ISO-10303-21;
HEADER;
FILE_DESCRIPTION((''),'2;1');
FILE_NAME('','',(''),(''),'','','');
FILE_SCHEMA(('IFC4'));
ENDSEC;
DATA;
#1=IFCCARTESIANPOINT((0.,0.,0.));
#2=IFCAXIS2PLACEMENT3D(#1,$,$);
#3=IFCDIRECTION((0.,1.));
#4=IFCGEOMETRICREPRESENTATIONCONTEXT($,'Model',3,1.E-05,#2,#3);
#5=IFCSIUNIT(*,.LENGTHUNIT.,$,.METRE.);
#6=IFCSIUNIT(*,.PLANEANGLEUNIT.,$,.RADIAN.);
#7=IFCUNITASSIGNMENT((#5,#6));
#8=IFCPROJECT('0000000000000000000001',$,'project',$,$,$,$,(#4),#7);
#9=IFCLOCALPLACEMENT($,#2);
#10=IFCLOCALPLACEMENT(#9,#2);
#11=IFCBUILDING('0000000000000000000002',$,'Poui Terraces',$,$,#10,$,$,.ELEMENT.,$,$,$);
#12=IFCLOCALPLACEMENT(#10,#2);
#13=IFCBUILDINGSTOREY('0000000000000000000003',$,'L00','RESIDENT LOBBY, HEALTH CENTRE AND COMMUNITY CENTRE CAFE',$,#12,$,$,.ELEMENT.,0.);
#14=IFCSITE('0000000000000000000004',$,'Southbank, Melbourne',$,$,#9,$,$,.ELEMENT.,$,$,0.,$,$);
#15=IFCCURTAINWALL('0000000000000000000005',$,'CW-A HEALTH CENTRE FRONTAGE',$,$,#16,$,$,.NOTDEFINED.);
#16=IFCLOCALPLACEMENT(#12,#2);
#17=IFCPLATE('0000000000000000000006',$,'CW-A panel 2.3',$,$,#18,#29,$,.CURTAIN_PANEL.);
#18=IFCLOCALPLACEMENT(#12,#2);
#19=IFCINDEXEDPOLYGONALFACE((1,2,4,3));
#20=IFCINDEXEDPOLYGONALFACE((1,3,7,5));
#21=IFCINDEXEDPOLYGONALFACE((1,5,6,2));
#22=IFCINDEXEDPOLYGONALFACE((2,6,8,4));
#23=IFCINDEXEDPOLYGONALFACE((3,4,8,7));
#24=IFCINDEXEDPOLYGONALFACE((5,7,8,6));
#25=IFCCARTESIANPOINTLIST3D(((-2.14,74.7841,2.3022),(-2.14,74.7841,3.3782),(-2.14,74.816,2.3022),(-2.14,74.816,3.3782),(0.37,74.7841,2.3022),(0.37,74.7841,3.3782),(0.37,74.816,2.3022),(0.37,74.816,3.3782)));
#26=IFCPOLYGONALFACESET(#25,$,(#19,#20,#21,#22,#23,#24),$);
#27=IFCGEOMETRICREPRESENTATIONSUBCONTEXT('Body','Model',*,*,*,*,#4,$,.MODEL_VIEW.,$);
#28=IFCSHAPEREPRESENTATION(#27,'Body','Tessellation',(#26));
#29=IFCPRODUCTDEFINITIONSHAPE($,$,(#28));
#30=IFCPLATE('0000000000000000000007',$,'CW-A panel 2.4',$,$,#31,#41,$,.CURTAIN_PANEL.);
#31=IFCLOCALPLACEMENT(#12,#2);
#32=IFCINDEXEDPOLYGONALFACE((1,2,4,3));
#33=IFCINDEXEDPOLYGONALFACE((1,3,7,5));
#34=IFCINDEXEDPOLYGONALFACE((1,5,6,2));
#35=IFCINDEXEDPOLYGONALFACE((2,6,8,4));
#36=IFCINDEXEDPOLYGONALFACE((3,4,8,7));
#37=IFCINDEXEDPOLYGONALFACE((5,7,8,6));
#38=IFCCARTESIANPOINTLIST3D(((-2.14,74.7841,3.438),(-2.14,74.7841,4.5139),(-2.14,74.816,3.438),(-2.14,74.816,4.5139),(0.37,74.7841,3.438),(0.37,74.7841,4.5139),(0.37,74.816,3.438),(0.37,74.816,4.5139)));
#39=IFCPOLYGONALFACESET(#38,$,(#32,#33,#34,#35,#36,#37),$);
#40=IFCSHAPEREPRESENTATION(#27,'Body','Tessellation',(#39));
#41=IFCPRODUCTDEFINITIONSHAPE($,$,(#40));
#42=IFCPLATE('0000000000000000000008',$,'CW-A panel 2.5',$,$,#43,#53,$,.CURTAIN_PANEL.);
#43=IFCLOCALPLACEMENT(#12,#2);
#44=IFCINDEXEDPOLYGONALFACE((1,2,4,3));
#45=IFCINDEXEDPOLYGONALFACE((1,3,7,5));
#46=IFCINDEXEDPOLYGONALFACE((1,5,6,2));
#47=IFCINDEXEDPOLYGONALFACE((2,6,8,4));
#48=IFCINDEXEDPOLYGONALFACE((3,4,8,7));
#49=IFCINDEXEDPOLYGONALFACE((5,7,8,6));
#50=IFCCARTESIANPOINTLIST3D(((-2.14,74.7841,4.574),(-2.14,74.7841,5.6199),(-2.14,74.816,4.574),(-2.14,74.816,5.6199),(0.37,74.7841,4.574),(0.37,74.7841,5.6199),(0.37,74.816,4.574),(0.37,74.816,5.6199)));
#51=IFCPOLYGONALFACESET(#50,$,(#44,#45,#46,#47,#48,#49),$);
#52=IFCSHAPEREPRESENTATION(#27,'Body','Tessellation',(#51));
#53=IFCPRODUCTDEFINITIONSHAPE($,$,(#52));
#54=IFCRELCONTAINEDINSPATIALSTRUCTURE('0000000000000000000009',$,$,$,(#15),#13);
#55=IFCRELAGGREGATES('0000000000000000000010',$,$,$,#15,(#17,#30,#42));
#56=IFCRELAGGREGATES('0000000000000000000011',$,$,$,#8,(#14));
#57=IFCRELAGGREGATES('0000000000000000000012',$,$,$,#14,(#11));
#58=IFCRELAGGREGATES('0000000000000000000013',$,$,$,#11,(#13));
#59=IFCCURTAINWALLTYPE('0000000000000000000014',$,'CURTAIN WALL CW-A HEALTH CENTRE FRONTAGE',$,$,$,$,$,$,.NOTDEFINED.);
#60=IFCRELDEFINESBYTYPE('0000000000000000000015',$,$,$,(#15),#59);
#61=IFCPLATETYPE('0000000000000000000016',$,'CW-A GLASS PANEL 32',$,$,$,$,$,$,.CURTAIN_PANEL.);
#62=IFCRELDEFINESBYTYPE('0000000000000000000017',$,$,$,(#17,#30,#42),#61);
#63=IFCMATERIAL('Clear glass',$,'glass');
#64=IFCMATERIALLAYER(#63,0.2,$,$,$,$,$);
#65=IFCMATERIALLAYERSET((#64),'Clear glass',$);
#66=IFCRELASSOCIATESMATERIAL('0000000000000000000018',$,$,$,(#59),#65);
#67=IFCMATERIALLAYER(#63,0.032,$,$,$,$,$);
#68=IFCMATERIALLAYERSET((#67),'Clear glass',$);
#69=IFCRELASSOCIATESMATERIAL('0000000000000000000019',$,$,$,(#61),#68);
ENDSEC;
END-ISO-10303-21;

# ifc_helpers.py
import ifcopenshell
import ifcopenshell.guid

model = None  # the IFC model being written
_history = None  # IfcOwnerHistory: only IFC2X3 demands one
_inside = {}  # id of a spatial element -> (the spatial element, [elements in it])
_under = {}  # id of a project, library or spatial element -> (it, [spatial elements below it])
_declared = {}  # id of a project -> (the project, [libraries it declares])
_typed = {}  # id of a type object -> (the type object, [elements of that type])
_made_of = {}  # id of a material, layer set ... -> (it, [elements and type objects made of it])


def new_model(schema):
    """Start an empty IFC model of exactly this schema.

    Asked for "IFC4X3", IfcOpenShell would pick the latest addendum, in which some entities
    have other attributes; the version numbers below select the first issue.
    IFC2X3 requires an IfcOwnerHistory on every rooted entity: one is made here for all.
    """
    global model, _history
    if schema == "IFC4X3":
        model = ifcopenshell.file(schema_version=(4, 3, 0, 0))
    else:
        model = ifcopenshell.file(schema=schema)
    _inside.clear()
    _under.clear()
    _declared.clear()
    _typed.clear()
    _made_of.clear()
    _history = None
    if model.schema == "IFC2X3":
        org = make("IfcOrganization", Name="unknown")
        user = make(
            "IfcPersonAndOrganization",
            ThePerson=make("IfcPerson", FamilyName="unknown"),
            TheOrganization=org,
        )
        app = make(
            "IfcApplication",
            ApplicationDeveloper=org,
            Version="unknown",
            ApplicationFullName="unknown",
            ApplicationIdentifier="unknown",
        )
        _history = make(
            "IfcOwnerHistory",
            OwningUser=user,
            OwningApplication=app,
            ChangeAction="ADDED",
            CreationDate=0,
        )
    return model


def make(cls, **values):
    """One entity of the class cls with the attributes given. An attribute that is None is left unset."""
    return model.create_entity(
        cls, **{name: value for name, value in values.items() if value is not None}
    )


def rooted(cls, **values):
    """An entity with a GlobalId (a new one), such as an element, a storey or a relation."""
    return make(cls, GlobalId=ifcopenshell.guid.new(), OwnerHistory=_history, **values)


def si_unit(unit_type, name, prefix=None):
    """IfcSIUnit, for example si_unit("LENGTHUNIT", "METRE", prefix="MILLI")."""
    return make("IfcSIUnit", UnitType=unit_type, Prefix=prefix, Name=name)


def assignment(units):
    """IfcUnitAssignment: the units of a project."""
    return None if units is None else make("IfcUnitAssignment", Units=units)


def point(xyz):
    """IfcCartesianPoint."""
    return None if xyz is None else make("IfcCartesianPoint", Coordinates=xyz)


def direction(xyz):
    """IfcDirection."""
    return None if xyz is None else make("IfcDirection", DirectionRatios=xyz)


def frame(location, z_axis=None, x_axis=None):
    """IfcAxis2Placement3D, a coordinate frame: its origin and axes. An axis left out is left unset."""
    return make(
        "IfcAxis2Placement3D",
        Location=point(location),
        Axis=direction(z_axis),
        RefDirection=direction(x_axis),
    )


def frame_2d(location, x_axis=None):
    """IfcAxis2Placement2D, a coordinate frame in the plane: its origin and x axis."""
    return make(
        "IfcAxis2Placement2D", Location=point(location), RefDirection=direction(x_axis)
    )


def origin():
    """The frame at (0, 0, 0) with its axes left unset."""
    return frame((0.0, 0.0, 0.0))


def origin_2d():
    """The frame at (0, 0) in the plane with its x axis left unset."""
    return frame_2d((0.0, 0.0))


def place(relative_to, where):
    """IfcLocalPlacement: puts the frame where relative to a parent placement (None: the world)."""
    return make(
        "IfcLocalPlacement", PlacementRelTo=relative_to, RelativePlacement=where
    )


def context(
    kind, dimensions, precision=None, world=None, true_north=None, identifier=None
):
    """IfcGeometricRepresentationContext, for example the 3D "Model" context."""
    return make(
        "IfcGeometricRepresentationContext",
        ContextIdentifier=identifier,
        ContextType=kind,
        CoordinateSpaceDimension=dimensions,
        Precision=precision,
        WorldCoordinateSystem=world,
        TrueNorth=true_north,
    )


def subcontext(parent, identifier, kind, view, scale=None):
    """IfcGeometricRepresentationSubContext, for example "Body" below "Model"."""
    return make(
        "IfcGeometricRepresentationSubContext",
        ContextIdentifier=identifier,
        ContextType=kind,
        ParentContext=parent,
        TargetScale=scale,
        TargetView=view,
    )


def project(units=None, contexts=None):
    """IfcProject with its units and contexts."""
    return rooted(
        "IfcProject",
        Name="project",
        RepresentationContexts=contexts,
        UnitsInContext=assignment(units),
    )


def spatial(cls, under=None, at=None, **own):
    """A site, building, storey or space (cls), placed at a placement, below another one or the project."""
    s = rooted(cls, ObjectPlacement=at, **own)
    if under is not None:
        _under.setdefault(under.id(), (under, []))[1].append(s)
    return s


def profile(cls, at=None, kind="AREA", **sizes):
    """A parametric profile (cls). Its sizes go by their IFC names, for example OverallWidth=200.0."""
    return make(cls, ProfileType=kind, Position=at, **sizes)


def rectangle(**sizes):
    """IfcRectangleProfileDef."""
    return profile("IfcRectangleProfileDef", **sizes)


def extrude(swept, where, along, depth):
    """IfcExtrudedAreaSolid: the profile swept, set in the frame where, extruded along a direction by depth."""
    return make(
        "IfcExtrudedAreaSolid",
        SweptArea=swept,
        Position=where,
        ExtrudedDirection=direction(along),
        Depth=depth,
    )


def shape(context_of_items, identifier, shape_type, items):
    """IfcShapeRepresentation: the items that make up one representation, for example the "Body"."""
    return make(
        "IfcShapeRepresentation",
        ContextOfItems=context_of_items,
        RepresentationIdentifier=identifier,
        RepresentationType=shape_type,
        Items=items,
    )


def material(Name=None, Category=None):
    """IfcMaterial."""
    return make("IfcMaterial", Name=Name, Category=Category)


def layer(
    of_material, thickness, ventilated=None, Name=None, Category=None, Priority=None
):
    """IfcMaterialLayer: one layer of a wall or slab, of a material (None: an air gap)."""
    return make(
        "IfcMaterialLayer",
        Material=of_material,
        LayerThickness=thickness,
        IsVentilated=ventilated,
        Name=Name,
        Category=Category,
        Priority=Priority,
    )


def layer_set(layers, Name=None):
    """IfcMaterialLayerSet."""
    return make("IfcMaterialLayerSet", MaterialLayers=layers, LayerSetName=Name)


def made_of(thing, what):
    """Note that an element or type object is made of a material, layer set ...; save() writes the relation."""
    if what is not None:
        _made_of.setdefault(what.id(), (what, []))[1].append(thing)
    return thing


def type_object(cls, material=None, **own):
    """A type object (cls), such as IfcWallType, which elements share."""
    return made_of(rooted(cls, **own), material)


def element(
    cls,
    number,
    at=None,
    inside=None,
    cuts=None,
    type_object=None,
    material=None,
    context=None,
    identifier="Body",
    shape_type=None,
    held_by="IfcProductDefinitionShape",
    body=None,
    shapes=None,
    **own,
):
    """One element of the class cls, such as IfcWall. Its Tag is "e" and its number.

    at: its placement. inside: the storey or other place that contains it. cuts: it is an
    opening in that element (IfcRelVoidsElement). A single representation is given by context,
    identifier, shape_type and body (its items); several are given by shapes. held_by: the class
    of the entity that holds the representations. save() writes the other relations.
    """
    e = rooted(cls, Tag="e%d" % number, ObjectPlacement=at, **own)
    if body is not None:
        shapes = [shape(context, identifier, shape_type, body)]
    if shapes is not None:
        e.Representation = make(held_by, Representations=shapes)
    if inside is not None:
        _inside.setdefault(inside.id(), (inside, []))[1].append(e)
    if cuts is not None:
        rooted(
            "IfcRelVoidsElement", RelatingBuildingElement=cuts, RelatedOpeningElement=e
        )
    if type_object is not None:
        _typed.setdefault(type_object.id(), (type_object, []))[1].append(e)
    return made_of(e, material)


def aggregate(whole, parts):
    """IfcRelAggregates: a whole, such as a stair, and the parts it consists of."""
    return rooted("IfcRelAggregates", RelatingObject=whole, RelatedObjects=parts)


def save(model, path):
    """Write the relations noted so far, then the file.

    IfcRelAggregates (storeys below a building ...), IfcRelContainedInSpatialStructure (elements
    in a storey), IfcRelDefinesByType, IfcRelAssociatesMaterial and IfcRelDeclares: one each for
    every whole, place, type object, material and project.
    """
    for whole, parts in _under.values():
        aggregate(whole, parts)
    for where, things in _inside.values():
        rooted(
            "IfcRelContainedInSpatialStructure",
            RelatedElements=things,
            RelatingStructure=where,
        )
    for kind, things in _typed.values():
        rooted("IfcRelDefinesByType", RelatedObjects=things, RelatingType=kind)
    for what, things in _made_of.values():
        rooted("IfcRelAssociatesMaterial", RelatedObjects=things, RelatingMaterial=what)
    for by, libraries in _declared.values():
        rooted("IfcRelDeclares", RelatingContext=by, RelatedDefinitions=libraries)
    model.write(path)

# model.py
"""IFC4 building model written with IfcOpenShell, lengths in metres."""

from ifc_helpers import new_model, si_unit, direction, frame, origin, origin_2d, place, context, subcontext, project, spatial, rectangle, extrude, material, layer, layer_set, type_object, element, aggregate, save


model = new_model("IFC4")

# Units and contexts
model_context = context("Model", 3, precision=1e-05, world=origin(), true_north=direction((0.0, 1.0)))
body_context = subcontext(model_context, "Body", "Model", "MODEL_VIEW")
ifc_project = project(units=[si_unit("LENGTHUNIT", "METRE"), si_unit("PLANEANGLEUNIT", "RADIAN")], contexts=[model_context])

# Site, building, storey
site_placement = place(None, origin())
site = spatial("IfcSite", under=ifc_project, at=site_placement, Name="Southbank, Melbourne", CompositionType="ELEMENT", RefElevation=0.0)
building_placement = place(site_placement, origin())
building = spatial("IfcBuilding", under=site, at=building_placement, Name="Poui Terraces", CompositionType="ELEMENT")
storey_placement = place(building_placement, origin())
storey = spatial("IfcBuildingStorey", under=building, at=storey_placement, Name="L00", Description="RESIDENT LOBBY, HEALTH CENTRE AND COMMUNITY CENTRE CAFE", CompositionType="ELEMENT", Elevation=0.0)

# Curtain wall, plates
ifc_material_1 = material(Name="Clear glass", Category="glass")
ifc_layer_1 = layer(ifc_material_1, 0.2)
ifc_layer_set_1 = layer_set([ifc_layer_1], Name="Clear glass")
curtain_wall_type = type_object("IfcCurtainWallType", Name="CURTAIN WALL CW-A HEALTH CENTRE FRONTAGE", PredefinedType="NOTDEFINED", material=ifc_layer_set_1)
curtain_wall_placement = place(storey_placement, origin())
curtain_wall = element("IfcCurtainWall", 1, at=curtain_wall_placement, inside=storey, type_object=curtain_wall_type, Name="CW-A HEALTH CENTRE FRONTAGE", PredefinedType="NOTDEFINED")
ifc_layer_2 = layer(ifc_material_1, 0.032)
ifc_layer_set_2 = layer_set([ifc_layer_2], Name="Clear glass")
plate_type = type_object("IfcPlateType", Name="CW-A GLASS PANEL 32", PredefinedType="CURTAIN_PANEL", material=ifc_layer_set_2)
plate_1_placement = place(storey_placement, frame((-0.885, 74.8, 2.3022), z_axis=(0.0, 0.0, 1.0), x_axis=(-1.0, 0.0, 0.0)))
plate_1 = element("IfcPlate", 2, at=plate_1_placement, type_object=plate_type, Name="CW-A panel 2.3", PredefinedType="CURTAIN_PANEL", context=body_context, shape_type="SweptSolid", body=[
    extrude(rectangle(XDim=2.51, YDim=0.032, at=origin_2d()), origin(), (0.0, 0.0, 1.0), 1.0759),
])
plate_2_placement = place(storey_placement, frame((-0.885, 74.8, 3.438), z_axis=(0.0, 0.0, 1.0), x_axis=(-1.0, 0.0, 0.0)))
plate_2 = element("IfcPlate", 3, at=plate_2_placement, type_object=plate_type, Name="CW-A panel 2.4", PredefinedType="CURTAIN_PANEL", context=body_context, shape_type="SweptSolid", body=[
    extrude(rectangle(XDim=2.51, YDim=0.032, at=origin_2d()), origin(), (0.0, 0.0, 1.0), 1.0759),
])
plate_3_placement = place(storey_placement, frame((-0.885, 74.8, 4.574), z_axis=(0.0, 0.0, 1.0), x_axis=(-1.0, 0.0, 0.0)))
plate_3 = element("IfcPlate", 4, at=plate_3_placement, type_object=plate_type, Name="CW-A panel 2.5", PredefinedType="CURTAIN_PANEL", context=body_context, shape_type="SweptSolid", body=[
    extrude(rectangle(XDim=2.51, YDim=0.032, at=origin_2d()), origin(), (0.0, 0.0, 1.0), 1.0459),
])
aggregate(curtain_wall, [plate_1, plate_2, plate_3])

save(model, "model.ifc")
